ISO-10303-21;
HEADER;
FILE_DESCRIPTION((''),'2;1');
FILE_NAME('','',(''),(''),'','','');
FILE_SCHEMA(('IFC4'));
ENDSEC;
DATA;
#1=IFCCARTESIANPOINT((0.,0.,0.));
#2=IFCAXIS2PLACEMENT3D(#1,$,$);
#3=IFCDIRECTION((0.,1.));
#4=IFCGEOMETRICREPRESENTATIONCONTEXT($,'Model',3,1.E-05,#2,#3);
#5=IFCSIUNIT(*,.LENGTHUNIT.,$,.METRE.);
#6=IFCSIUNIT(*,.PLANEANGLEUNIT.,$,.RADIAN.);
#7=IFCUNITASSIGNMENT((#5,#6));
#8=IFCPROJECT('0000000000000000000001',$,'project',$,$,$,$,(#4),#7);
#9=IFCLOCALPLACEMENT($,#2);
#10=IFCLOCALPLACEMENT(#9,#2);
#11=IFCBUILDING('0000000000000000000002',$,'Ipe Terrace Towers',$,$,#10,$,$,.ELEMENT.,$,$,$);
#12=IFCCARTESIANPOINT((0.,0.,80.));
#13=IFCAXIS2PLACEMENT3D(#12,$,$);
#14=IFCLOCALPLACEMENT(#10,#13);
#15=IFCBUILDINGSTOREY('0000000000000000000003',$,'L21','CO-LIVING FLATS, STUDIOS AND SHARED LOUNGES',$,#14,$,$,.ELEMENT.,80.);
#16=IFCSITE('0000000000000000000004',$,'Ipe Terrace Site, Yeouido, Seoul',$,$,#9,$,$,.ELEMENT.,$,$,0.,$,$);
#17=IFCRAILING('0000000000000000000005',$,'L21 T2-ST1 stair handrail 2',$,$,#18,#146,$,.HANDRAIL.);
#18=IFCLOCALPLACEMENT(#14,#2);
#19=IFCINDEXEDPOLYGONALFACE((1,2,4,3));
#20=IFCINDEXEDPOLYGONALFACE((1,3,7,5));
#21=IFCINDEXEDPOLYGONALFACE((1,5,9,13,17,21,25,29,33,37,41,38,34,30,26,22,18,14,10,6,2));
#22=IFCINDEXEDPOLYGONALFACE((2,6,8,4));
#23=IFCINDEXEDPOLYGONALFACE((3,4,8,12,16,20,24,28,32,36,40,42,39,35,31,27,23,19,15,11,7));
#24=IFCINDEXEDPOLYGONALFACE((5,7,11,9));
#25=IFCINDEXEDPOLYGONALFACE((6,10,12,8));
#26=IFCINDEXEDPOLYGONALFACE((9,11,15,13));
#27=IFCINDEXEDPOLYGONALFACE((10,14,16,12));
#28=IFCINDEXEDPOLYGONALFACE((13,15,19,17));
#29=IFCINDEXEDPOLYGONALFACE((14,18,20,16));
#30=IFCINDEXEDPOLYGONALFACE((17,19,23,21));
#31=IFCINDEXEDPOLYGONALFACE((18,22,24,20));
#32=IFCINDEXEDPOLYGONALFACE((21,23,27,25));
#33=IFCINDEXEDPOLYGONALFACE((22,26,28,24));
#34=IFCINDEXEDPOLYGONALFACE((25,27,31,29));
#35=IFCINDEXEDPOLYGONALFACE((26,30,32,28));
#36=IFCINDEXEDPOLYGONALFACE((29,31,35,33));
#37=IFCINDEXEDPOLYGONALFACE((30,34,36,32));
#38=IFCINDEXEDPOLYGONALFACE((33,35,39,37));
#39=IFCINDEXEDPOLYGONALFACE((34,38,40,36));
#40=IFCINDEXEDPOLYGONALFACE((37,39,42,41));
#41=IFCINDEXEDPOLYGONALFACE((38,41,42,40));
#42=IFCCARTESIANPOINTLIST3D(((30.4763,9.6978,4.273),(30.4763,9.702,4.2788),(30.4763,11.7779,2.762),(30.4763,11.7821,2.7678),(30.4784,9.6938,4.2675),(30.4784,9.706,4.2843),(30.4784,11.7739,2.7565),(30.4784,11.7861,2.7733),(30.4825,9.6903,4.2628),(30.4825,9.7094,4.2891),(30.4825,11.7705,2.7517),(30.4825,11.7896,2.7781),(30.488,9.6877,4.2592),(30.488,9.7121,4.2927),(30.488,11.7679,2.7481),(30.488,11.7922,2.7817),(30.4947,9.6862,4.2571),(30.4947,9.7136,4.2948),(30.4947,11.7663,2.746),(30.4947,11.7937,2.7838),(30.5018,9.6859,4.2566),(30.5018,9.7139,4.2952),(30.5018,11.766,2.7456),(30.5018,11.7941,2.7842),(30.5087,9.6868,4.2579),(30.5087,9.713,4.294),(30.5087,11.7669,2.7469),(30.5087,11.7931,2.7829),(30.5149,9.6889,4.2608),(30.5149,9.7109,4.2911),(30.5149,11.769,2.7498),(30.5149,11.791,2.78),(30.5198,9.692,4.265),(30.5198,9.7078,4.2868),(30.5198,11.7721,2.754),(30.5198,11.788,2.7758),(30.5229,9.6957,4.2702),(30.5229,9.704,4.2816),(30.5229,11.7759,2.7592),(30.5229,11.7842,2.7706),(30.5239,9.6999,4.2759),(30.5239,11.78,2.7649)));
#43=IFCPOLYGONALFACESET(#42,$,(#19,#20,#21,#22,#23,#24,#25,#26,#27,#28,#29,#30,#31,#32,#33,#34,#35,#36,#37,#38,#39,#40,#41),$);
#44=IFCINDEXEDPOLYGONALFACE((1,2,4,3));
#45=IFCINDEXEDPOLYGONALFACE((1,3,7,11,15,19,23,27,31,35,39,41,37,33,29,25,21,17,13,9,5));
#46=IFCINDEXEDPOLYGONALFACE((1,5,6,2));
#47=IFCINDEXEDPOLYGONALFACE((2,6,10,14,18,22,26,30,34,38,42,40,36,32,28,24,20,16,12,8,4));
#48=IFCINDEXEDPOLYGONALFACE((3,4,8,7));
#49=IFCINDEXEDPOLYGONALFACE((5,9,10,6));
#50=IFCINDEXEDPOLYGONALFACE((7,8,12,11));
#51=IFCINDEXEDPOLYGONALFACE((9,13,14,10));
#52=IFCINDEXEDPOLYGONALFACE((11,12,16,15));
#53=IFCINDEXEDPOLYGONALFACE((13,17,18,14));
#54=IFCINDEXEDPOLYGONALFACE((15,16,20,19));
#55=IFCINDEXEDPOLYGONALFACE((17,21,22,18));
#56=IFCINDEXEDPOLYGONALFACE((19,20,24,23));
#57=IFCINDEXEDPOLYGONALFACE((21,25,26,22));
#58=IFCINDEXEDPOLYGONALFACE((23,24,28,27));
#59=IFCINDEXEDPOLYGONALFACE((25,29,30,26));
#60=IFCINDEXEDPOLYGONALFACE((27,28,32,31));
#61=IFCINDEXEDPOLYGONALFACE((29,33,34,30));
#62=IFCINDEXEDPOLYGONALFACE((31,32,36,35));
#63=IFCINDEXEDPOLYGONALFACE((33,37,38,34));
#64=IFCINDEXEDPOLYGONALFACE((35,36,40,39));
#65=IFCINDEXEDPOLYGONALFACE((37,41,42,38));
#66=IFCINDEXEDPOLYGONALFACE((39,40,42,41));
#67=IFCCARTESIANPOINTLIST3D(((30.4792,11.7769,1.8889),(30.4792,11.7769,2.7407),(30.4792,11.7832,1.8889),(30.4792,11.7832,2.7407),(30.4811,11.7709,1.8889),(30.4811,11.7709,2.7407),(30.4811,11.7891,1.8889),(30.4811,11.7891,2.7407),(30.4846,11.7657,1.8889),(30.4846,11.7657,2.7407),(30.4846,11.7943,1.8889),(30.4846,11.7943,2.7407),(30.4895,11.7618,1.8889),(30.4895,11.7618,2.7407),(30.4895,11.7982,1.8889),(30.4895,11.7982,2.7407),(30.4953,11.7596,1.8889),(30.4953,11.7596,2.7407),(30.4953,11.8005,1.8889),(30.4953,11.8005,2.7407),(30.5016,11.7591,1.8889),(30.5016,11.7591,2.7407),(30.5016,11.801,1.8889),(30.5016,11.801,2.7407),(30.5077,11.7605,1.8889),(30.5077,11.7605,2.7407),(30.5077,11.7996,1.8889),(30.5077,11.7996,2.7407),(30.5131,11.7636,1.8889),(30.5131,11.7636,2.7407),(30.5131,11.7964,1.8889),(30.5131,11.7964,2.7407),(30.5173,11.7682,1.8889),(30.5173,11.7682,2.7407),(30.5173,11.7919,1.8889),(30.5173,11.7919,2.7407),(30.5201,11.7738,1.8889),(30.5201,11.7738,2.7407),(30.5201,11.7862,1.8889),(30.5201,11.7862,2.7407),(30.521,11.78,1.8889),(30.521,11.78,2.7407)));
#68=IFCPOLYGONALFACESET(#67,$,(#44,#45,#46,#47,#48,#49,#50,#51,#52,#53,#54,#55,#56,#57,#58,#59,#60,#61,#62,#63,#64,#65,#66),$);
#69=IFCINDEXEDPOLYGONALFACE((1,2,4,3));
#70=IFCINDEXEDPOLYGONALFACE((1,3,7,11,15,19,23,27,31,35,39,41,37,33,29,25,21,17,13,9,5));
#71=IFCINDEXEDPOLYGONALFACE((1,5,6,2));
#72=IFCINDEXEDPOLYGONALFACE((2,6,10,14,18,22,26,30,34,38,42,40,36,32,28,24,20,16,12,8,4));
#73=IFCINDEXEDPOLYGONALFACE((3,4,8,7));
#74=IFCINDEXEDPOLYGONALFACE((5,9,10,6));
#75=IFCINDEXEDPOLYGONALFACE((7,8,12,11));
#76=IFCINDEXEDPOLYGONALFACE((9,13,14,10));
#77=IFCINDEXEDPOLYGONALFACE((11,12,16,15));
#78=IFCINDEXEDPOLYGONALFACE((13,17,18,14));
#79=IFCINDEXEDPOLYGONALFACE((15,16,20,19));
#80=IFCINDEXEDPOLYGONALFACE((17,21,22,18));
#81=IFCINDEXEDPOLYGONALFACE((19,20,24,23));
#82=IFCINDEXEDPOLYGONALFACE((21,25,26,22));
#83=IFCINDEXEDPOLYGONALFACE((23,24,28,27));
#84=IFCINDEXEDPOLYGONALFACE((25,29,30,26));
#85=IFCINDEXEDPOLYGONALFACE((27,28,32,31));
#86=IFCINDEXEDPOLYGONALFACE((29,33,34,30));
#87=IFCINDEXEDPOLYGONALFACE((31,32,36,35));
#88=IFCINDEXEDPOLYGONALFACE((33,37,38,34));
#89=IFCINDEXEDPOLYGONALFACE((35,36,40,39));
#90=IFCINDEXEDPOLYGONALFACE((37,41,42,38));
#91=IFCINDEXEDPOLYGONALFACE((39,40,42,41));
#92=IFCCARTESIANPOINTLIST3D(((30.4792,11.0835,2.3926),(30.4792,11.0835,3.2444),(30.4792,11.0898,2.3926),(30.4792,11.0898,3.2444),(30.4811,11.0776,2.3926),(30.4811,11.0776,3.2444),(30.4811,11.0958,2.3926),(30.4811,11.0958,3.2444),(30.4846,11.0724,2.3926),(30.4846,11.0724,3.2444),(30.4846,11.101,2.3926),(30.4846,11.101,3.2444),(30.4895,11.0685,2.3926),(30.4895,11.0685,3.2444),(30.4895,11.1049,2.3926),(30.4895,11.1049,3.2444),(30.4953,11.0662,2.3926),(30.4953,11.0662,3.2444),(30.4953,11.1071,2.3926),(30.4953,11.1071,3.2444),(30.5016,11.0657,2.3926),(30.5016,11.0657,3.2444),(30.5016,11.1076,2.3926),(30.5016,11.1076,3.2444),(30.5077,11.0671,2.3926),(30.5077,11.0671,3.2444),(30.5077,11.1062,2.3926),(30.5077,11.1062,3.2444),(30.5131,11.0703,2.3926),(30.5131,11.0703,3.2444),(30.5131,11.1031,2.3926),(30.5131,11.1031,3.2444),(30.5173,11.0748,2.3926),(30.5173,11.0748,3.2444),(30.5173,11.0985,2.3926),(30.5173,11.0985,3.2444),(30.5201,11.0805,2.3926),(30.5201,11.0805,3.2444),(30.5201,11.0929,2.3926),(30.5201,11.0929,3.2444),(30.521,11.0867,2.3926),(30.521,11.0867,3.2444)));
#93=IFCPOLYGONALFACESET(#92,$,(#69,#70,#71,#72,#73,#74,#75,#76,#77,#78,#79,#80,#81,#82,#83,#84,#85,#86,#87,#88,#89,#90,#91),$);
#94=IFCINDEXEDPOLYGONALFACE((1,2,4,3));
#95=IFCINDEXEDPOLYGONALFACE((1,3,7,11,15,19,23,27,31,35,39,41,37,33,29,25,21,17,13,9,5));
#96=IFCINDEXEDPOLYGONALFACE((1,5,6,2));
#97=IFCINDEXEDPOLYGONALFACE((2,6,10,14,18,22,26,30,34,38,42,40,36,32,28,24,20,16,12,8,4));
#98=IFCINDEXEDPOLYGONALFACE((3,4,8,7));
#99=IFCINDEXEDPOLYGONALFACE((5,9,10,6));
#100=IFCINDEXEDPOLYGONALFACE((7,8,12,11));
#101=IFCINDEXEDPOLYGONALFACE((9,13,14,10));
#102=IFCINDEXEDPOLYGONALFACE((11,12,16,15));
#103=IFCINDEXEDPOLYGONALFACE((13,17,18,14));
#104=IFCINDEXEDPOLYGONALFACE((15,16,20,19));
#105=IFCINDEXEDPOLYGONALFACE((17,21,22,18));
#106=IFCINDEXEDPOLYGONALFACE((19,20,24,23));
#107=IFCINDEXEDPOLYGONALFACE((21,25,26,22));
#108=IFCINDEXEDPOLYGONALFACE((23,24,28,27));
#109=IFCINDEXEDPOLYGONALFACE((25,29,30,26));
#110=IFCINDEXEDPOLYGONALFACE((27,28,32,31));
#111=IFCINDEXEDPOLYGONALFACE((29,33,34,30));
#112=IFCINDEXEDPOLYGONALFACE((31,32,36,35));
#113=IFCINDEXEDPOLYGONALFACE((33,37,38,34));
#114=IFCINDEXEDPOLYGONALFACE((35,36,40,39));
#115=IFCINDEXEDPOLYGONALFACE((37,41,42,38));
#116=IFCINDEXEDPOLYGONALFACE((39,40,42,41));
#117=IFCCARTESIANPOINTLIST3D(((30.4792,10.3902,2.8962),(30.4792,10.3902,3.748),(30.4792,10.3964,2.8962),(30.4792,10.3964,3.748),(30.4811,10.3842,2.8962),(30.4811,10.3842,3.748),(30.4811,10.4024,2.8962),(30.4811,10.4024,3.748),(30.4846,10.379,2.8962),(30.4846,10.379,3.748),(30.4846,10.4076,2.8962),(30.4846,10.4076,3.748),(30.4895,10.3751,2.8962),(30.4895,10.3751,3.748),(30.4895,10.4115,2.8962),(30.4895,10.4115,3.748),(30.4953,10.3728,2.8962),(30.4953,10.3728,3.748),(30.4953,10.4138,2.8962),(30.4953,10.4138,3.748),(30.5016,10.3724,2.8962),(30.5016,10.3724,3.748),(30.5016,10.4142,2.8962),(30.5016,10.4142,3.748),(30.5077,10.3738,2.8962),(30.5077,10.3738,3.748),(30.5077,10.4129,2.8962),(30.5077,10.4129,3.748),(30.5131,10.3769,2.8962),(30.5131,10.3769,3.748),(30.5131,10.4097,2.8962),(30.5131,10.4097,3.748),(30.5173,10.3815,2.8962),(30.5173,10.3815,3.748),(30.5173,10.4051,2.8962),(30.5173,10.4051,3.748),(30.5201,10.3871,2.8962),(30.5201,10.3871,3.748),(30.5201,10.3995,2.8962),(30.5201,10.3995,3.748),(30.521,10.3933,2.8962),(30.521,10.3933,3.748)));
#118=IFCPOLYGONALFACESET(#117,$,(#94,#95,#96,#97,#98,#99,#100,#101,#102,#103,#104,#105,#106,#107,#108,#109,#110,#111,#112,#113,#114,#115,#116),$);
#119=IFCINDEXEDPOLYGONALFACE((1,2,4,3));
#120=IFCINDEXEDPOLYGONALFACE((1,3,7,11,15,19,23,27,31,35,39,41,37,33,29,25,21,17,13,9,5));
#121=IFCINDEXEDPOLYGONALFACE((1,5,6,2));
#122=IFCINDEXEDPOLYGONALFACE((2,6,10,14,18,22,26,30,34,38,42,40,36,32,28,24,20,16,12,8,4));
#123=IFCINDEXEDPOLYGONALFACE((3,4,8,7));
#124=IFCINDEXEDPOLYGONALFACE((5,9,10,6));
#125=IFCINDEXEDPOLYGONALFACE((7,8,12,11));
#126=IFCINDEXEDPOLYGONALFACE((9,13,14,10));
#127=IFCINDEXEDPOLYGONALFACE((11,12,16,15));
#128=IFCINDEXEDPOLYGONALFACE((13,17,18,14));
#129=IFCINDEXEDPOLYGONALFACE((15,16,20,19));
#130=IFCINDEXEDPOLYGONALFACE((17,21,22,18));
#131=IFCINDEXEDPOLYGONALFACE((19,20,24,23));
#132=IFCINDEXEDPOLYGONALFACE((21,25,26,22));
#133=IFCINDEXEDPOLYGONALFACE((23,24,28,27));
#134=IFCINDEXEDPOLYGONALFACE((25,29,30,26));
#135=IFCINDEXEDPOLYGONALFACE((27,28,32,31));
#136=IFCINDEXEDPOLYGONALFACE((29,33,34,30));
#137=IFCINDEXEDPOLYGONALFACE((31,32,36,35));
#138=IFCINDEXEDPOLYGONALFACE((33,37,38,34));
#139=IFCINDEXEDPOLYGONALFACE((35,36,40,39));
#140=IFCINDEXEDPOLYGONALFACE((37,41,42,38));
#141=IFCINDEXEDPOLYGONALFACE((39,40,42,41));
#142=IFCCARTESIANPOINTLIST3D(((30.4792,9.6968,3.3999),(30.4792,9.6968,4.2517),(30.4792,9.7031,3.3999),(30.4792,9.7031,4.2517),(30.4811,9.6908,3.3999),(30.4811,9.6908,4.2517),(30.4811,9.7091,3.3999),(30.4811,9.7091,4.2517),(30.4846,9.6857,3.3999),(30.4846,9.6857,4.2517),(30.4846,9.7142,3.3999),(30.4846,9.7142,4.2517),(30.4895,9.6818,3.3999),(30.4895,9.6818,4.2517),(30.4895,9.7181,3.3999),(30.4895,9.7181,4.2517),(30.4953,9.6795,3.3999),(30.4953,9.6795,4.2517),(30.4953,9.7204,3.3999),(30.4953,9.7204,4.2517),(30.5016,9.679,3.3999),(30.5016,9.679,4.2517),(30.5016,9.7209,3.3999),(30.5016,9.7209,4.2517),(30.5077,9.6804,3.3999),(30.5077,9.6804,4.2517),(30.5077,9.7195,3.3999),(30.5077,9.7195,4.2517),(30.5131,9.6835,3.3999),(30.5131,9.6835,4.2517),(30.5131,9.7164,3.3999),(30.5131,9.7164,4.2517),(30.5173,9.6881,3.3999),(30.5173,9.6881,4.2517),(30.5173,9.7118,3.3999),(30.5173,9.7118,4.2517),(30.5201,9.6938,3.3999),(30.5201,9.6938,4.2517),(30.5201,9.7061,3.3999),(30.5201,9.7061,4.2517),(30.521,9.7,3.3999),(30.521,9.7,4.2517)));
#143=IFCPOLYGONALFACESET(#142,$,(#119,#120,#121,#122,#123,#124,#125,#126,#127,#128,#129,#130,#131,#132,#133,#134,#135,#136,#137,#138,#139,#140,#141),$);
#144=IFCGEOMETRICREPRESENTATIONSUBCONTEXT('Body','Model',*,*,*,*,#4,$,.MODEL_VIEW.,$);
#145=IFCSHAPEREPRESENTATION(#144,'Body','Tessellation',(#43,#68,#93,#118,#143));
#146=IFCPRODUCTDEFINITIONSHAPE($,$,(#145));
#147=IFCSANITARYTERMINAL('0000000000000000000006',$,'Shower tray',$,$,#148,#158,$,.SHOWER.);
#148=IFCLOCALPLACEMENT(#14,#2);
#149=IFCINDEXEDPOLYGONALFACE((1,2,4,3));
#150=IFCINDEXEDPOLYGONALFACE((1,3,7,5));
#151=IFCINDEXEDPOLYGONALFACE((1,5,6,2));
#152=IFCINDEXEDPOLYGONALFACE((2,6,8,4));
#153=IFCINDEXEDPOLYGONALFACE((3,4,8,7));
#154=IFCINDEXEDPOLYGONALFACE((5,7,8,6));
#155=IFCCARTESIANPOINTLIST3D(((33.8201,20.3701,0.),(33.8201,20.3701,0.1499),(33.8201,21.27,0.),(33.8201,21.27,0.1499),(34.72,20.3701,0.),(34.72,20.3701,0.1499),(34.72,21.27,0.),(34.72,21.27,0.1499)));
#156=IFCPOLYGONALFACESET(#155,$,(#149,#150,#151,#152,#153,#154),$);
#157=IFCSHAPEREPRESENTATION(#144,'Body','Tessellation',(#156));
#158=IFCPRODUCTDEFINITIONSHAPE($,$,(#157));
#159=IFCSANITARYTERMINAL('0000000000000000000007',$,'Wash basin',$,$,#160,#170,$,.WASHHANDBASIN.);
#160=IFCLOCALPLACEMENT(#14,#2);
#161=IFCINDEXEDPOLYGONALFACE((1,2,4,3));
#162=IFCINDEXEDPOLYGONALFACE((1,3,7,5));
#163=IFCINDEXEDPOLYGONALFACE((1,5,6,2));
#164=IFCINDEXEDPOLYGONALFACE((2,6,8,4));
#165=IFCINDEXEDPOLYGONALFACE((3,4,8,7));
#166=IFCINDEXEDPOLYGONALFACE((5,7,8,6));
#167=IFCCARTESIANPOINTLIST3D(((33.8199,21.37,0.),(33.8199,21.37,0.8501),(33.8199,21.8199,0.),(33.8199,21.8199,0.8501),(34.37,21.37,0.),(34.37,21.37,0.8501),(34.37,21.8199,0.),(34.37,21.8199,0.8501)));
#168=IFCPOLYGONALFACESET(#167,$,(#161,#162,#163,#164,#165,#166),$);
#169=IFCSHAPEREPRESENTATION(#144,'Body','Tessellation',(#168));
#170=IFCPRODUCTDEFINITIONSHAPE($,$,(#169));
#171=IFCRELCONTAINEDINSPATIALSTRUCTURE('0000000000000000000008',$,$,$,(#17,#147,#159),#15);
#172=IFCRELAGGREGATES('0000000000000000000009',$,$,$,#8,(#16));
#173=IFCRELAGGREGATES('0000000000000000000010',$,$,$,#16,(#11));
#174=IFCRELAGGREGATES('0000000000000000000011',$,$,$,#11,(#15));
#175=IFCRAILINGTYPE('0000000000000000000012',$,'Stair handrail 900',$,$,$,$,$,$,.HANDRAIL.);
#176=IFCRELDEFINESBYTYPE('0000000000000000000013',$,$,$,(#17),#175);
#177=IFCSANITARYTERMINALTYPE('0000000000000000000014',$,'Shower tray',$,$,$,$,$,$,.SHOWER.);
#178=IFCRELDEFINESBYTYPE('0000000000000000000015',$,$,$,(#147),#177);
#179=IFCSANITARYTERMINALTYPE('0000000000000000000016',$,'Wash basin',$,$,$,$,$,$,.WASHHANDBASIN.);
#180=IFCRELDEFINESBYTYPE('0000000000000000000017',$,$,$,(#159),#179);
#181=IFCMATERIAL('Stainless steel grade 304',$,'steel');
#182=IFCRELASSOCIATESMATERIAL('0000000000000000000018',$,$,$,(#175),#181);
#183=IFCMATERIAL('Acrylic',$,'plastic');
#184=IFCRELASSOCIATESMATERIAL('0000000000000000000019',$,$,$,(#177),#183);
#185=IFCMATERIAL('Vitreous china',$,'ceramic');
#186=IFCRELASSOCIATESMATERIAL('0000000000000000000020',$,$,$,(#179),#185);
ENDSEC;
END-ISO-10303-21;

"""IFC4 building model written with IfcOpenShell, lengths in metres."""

from ifc_helpers import new_model, si_unit, direction, frame, origin, origin_2d, place, context, subcontext, project, spatial, rectangle, circle, extrude, material, type_object, element, save


model = new_model("IFC4")

# Units and contexts
model_context = context("Model", 3, precision=1e-05, world=origin(), true_north=direction((0.0, 1.0)))
body_context = subcontext(model_context, "Body", "Model", "MODEL_VIEW")
ifc_project = project(units=[si_unit("LENGTHUNIT", "METRE"), si_unit("PLANEANGLEUNIT", "RADIAN")], contexts=[model_context])

# Site, building, storey
site_placement = place(None, origin())
site = spatial("IfcSite", under=ifc_project, at=site_placement, Name="Ipe Terrace Site, Yeouido, Seoul", CompositionType="ELEMENT", RefElevation=0.0)
building_placement = place(site_placement, origin())
building = spatial("IfcBuilding", under=site, at=building_placement, Name="Ipe Terrace Towers", CompositionType="ELEMENT")
storey_placement = place(building_placement, frame((0.0, 0.0, 80.0)))
storey = spatial("IfcBuildingStorey", under=building, at=storey_placement, Name="L21", Description="CO-LIVING FLATS, STUDIOS AND SHARED LOUNGES", CompositionType="ELEMENT", Elevation=80.0)

# Railing
ifc_material_1 = material(Name="Stainless steel grade 304", Category="steel")
railing_type_1 = type_object("IfcRailingType", Name="Stair handrail 900", PredefinedType="HANDRAIL", material=ifc_material_1)
railing_1_placement = place(storey_placement, frame((30.5, 11.78, 1.8889)))
element("IfcRailing", 1, at=railing_1_placement, inside=storey, type_object=railing_type_1, Name="L21 T2-ST1 stair handrail 2", PredefinedType="HANDRAIL", context=body_context, shape_type="SweptSolid", body=[
    extrude(circle(Radius=0.0239, at=origin_2d()), frame((0.0, 0.0, 0.876), z_axis=(0.0, -0.809069, 0.587714), x_axis=(1.0, 0.0, 0.0)), (0.0, 0.0, 1.0), 2.571),
    extrude(circle(Radius=0.021, at=origin_2d()), origin(), (0.0, 0.0, 1.0), 0.8518),
    extrude(circle(Radius=0.021, at=origin_2d()), frame((0.0, -0.6934, 0.5037)), (0.0, 0.0, 1.0), 0.8518),
    extrude(circle(Radius=0.021, at=origin_2d()), frame((0.0, -1.3867, 1.0073)), (0.0, 0.0, 1.0), 0.8518),
    extrude(circle(Radius=0.021, at=origin_2d()), frame((0.0, -2.0801, 1.511)), (0.0, 0.0, 1.0), 0.8518),
])

# Sanitary terminals
ifc_material_2 = material(Name="Acrylic", Category="plastic")
sanitary_terminal_type_1 = type_object("IfcSanitaryTerminalType", Name="Shower tray", PredefinedType="SHOWER", material=ifc_material_2)
sanitary_terminal_1_placement = place(storey_placement, frame((34.27, 20.8201, 0.0), z_axis=(0.0, 0.0, 1.0), x_axis=(1.0, 0.0, 0.0)))
element("IfcSanitaryTerminal", 2, at=sanitary_terminal_1_placement, inside=storey, type_object=sanitary_terminal_type_1, Name="Shower tray", PredefinedType="SHOWER", context=body_context, shape_type="SweptSolid", body=[
    extrude(rectangle(XDim=0.8999, YDim=0.8999, at=origin_2d()), origin(), (0.0, 0.0, 1.0), 0.1499),
])
ifc_material_3 = material(Name="Vitreous china", Category="ceramic")
sanitary_terminal_type_2 = type_object("IfcSanitaryTerminalType", Name="Wash basin", PredefinedType="WASHHANDBASIN", material=ifc_material_3)
sanitary_terminal_2_placement = place(storey_placement, frame((34.095, 21.595, 0.0), z_axis=(0.0, 0.0, 1.0), x_axis=(1.0, 0.0, 0.0)))
element("IfcSanitaryTerminal", 3, at=sanitary_terminal_2_placement, inside=storey, type_object=sanitary_terminal_type_2, Name="Wash basin", PredefinedType="WASHHANDBASIN", context=body_context, shape_type="SweptSolid", body=[
    extrude(rectangle(XDim=0.55, YDim=0.45, at=origin_2d()), origin(), (0.0, 0.0, 1.0), 0.8501),
])

save(model, "model.ifc")
